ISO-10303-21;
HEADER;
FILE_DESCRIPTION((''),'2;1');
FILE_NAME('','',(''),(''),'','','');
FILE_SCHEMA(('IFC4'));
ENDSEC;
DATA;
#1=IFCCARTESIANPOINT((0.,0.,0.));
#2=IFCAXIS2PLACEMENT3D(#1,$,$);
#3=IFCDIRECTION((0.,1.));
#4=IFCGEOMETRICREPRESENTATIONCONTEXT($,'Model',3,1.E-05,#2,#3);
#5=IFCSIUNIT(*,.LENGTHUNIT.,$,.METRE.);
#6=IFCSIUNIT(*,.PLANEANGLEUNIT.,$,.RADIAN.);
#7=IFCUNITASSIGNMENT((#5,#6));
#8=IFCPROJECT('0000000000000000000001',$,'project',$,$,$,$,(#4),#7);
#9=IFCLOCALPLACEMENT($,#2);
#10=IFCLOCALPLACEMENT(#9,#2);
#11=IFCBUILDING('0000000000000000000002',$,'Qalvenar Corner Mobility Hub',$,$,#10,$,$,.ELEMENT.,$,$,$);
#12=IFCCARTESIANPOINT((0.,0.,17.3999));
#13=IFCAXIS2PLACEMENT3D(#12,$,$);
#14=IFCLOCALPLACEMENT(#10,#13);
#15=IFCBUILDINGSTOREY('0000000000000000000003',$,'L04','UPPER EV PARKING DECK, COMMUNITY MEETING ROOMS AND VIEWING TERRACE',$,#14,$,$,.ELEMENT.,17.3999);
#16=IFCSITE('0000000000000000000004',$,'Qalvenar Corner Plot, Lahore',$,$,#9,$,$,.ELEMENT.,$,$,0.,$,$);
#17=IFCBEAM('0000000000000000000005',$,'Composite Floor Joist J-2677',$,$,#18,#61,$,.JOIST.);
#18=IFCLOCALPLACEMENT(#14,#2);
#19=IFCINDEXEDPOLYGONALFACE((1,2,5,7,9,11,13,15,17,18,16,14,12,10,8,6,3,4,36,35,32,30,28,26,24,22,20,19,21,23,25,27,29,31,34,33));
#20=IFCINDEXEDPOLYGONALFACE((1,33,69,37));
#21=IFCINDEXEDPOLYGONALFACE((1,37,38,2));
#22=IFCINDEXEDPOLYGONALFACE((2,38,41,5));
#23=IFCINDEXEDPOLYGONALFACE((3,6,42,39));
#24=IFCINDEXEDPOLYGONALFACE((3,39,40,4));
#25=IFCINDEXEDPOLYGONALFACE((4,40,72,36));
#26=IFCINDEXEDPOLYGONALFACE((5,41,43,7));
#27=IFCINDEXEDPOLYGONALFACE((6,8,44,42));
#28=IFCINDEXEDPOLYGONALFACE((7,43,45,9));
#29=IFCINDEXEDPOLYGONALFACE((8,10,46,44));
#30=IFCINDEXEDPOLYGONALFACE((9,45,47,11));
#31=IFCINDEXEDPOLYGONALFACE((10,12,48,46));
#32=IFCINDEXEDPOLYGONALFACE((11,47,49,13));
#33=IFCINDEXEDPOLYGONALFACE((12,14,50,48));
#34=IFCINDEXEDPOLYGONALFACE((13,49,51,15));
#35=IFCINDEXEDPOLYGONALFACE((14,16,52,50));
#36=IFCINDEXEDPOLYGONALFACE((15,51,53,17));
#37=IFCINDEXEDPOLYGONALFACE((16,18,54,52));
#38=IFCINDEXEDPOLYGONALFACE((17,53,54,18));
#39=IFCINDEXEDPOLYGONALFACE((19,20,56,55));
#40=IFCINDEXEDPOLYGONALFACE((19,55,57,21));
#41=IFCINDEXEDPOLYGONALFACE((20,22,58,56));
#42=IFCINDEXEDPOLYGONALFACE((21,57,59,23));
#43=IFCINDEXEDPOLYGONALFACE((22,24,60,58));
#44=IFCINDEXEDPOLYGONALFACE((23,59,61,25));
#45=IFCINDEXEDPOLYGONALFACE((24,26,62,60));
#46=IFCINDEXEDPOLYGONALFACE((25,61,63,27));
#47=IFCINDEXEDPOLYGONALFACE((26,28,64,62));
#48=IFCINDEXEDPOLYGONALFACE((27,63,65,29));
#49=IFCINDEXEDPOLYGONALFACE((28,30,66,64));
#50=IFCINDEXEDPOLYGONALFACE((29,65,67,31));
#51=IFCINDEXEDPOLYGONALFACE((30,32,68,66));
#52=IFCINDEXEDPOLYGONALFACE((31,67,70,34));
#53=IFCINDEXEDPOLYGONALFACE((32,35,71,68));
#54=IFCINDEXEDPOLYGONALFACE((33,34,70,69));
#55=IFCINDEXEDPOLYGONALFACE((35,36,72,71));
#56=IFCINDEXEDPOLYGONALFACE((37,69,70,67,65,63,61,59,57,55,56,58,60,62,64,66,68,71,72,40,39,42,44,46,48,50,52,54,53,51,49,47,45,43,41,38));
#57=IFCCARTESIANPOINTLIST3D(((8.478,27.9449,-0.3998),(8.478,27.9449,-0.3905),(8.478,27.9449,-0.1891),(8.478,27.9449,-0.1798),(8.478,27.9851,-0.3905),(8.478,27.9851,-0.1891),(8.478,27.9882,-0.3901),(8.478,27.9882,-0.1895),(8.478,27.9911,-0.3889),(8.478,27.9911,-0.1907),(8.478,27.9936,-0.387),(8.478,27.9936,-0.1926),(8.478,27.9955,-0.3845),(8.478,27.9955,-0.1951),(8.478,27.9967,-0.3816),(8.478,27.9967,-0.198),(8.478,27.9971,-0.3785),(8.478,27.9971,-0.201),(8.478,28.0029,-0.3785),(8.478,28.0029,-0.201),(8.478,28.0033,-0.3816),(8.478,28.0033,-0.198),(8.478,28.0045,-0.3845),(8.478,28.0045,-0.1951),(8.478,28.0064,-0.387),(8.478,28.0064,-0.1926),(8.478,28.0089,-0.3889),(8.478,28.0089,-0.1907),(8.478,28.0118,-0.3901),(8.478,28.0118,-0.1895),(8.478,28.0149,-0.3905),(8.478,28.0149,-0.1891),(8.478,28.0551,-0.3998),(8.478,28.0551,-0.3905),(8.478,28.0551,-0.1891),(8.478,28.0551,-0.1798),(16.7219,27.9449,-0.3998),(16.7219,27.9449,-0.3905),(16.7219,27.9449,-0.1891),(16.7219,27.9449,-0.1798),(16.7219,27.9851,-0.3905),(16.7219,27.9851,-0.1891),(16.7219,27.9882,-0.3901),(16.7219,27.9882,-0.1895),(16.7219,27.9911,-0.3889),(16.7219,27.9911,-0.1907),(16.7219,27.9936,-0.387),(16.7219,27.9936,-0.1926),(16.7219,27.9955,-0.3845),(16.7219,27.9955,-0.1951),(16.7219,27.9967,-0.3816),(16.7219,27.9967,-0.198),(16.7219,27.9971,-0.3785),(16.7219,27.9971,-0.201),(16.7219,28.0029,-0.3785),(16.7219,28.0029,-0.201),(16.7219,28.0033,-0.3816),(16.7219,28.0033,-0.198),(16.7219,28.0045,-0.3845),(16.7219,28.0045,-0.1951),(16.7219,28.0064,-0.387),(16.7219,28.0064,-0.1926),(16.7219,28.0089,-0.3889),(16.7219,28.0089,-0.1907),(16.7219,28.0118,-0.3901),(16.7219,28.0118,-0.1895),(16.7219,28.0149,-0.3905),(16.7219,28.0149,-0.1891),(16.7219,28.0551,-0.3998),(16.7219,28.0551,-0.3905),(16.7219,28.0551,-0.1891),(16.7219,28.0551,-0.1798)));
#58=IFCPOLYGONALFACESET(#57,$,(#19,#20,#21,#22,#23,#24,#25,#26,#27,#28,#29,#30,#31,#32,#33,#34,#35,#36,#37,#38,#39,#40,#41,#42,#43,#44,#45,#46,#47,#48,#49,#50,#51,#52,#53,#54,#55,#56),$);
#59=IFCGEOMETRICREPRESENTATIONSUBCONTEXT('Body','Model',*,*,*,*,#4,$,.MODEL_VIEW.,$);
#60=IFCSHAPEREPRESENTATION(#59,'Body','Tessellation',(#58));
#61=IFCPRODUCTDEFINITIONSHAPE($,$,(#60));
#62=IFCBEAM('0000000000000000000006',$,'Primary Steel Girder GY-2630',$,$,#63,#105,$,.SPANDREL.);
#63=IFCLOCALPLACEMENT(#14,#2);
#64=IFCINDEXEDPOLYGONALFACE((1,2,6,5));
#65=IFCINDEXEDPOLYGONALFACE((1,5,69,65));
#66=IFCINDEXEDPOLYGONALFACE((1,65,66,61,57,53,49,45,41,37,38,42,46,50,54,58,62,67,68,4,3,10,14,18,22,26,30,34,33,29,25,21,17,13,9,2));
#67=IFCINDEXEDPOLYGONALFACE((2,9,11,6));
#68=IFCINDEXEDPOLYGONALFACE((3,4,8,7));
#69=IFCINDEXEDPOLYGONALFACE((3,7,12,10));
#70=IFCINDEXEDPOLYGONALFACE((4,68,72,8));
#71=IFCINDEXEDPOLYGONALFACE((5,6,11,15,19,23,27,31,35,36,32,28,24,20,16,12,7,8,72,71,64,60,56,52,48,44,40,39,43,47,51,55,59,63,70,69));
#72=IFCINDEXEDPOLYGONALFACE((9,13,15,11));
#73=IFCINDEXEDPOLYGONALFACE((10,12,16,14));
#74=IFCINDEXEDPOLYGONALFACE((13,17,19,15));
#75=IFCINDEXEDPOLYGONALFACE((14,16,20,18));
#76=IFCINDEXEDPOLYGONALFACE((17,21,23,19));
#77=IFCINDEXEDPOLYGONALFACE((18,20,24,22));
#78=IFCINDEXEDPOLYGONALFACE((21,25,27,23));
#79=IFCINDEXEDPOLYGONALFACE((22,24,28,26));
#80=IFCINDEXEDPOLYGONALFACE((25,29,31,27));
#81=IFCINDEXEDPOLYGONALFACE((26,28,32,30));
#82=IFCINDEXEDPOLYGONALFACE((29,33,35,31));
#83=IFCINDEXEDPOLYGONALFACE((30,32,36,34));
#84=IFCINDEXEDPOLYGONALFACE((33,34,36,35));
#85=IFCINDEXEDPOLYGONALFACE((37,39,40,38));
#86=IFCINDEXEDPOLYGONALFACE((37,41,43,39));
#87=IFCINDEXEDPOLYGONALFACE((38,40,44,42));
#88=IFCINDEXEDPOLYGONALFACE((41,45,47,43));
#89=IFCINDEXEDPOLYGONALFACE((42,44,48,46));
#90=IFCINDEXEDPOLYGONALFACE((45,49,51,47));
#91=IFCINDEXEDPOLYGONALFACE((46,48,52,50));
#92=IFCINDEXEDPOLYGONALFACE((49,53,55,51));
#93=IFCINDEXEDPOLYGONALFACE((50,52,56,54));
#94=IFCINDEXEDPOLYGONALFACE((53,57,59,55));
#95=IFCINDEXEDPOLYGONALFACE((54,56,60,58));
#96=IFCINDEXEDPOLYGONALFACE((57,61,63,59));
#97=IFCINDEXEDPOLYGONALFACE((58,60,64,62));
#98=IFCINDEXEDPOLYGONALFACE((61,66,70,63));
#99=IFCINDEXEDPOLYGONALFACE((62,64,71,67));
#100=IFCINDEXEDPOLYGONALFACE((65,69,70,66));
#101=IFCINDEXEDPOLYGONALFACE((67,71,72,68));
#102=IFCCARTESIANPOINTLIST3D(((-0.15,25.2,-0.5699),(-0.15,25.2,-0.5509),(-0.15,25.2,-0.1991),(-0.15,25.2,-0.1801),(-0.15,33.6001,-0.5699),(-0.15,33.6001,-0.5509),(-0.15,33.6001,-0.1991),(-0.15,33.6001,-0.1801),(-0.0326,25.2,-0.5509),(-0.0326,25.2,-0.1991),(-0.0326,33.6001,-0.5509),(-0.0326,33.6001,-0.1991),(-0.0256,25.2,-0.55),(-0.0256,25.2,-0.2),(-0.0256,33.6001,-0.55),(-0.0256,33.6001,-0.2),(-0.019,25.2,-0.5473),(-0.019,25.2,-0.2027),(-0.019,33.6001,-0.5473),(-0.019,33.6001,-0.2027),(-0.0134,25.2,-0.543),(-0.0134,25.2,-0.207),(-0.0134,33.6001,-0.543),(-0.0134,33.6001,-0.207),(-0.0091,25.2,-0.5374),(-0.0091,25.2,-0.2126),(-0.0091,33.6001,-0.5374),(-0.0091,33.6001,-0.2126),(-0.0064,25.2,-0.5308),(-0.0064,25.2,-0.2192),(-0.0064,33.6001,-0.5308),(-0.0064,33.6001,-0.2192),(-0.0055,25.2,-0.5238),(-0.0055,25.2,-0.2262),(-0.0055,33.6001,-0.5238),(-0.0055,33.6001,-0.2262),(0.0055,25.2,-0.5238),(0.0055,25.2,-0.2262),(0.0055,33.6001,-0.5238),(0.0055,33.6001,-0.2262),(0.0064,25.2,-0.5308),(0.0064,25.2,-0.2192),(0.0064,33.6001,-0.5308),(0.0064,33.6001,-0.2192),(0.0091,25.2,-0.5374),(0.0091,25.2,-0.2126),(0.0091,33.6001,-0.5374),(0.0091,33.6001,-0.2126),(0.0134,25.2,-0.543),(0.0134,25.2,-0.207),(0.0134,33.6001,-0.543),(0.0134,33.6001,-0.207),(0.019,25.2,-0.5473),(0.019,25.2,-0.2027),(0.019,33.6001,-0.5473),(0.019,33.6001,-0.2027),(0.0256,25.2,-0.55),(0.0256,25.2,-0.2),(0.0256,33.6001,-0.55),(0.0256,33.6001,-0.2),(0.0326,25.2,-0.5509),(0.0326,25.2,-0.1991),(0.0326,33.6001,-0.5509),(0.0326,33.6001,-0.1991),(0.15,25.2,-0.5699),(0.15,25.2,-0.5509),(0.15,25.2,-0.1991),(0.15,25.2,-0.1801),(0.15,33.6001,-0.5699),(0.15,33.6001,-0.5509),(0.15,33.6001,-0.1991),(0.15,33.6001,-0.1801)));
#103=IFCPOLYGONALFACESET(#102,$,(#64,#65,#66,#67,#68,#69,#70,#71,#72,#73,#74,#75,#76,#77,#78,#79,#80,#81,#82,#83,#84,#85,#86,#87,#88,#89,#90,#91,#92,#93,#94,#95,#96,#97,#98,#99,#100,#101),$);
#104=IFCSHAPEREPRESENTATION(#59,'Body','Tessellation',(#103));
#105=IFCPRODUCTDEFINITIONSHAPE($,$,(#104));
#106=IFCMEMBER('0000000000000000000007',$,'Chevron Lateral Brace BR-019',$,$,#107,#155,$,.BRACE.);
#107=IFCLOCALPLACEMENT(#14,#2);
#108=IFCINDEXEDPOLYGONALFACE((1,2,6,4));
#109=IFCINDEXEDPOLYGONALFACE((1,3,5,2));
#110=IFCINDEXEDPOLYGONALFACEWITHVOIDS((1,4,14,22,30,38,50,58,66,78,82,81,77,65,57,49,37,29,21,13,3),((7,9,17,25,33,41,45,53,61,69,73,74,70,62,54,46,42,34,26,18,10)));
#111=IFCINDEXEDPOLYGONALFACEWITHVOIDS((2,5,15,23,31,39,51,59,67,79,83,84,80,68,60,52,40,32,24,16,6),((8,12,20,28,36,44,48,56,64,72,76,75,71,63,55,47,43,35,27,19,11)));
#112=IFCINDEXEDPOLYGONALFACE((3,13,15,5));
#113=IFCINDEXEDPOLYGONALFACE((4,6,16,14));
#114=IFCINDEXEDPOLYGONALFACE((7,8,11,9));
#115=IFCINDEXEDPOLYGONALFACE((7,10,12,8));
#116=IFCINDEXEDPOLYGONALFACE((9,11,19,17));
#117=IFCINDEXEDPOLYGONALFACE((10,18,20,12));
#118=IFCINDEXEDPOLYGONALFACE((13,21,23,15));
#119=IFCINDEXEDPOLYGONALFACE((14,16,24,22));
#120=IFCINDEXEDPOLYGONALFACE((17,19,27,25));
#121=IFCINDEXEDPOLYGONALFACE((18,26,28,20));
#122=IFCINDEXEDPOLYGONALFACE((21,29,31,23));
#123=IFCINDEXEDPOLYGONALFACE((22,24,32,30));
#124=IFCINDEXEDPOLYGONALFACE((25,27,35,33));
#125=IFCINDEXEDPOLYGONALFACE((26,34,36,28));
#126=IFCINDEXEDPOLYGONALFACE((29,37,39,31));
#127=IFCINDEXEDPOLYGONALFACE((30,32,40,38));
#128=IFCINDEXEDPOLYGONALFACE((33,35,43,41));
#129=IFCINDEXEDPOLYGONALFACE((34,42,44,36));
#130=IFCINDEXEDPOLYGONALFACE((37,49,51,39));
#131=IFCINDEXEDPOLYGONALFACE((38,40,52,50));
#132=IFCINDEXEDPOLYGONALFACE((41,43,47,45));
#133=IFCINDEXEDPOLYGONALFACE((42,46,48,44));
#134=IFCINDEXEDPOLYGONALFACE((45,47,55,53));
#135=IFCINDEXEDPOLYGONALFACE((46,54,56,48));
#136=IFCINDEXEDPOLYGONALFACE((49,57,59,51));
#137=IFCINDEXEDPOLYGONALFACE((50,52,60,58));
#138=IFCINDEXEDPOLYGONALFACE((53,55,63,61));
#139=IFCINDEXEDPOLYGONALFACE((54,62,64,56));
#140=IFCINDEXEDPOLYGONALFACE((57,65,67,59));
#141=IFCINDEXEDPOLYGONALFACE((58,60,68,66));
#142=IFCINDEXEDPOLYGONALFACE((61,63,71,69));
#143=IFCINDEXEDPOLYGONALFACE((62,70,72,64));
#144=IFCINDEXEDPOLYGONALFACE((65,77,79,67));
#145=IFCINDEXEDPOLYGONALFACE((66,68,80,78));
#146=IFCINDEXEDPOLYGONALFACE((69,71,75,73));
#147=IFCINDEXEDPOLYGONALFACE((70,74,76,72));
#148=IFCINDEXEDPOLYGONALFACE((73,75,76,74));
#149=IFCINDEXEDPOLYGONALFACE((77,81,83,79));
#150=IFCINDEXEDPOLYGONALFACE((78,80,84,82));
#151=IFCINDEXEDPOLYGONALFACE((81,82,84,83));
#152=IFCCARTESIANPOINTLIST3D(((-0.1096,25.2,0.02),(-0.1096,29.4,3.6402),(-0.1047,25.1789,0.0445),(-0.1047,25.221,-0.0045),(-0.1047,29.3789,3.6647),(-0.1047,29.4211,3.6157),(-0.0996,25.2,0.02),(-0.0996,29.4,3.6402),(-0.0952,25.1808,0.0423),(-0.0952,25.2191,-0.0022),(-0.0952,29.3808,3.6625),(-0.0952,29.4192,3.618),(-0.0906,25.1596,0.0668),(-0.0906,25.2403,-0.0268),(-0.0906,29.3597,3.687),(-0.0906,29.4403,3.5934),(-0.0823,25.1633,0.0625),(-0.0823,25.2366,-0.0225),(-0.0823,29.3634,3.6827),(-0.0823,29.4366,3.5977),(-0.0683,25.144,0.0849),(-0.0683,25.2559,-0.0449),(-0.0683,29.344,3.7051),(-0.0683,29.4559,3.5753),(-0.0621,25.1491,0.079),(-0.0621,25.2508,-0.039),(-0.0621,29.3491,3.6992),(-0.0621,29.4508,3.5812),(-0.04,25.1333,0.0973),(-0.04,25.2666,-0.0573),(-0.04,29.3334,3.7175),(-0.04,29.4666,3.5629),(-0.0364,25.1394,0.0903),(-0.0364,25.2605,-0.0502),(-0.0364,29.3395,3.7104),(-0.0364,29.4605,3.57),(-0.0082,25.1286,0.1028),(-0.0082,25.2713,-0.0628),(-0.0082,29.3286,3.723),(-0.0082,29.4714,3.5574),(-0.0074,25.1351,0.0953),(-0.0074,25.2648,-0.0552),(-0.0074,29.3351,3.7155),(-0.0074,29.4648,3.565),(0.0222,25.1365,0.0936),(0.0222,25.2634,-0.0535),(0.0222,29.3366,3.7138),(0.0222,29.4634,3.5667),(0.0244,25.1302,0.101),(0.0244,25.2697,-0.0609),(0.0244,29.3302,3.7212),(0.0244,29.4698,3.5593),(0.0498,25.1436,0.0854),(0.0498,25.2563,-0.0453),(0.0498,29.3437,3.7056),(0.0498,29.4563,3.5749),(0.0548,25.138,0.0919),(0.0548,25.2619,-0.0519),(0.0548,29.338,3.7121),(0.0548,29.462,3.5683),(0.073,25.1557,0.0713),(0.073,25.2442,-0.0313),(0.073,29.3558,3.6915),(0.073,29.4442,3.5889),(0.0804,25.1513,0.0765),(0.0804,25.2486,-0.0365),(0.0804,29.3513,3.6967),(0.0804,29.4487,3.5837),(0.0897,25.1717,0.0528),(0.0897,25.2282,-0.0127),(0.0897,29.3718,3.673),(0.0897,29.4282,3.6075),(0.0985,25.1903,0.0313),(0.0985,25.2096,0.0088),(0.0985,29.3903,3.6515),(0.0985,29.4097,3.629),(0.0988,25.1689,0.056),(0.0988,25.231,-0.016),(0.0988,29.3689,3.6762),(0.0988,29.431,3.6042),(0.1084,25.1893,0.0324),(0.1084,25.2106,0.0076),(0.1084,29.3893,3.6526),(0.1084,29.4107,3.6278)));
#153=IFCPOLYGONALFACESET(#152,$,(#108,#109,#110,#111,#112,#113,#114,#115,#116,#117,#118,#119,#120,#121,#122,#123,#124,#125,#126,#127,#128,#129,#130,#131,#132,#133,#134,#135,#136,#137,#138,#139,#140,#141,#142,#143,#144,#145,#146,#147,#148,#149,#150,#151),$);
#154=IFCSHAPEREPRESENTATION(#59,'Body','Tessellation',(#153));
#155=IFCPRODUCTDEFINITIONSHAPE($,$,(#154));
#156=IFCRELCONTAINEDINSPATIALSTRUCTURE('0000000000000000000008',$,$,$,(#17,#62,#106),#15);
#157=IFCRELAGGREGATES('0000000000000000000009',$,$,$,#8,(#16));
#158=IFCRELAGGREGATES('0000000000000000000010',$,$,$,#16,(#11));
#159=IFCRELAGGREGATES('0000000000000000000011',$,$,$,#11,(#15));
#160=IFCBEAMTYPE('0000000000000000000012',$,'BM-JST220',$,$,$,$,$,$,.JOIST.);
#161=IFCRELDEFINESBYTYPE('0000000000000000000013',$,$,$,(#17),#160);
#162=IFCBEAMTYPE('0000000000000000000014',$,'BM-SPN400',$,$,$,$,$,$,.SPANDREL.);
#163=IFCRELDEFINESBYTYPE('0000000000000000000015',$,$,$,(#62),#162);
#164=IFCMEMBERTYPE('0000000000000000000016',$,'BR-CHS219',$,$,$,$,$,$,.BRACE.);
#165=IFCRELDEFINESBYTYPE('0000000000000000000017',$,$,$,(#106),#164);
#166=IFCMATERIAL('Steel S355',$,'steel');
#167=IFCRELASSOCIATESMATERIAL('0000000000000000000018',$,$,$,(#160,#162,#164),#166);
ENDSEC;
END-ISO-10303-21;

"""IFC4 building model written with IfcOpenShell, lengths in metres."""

from ifc_helpers import new_model, si_unit, direction, frame, origin, origin_2d, place, context, subcontext, project, spatial, hollow_circle, i_section, extrude, material, material_profile, profile_set, type_object, element, save


model = new_model("IFC4")

# Units and contexts
model_context = context("Model", 3, precision=1e-05, world=origin(), true_north=direction((0.0, 1.0)))
body_context = subcontext(model_context, "Body", "Model", "MODEL_VIEW")
ifc_project = project(units=[si_unit("LENGTHUNIT", "METRE"), si_unit("PLANEANGLEUNIT", "RADIAN")], contexts=[model_context])

# Site, building, storey
site_placement = place(None, origin())
site = spatial("IfcSite", under=ifc_project, at=site_placement, Name="Qalvenar Corner Plot, Lahore", CompositionType="ELEMENT", RefElevation=0.0)
building_placement = place(site_placement, origin())
building = spatial("IfcBuilding", under=site, at=building_placement, Name="Qalvenar Corner Mobility Hub", CompositionType="ELEMENT")
storey_placement = place(building_placement, frame((0.0, 0.0, 17.3999)))
storey = spatial("IfcBuildingStorey", under=building, at=storey_placement, Name="L04", Description="UPPER EV PARKING DECK, COMMUNITY MEETING ROOMS AND VIEWING TERRACE", CompositionType="ELEMENT", Elevation=17.3999)

# Shared definitions
ifc_material_1 = material(Name="Steel S355", Category="steel")

# Beams
ifc_material_profile_1 = material_profile(ifc_material_1, i_section(OverallWidth=0.1101, OverallDepth=0.22, WebThickness=0.0059, FlangeThickness=0.0093, FilletRadius=0.012, at=origin_2d()), Name="IPE220")
ifc_profile_set_1 = profile_set([ifc_material_profile_1], Name="Steel S355")
beam_type_1 = type_object("IfcBeamType", Name="BM-JST220", PredefinedType="JOIST", material=ifc_profile_set_1)
for number, where, z_axis, x_axis, name in (
    (1, (8.478, 28.0, -0.2898), (1.0, 0.0, 0.0), (0.0, 1.0, 0.0), "Composite Floor Joist J-2677"),
):
    element("IfcBeam", number, at=place(storey_placement, frame(where, z_axis=z_axis, x_axis=x_axis)), inside=storey, type_object=beam_type_1, Name=name, PredefinedType="JOIST", context=body_context, shape_type="SweptSolid", body=[
        extrude(i_section(OverallWidth=0.1101, OverallDepth=0.22, WebThickness=0.0059, FlangeThickness=0.0093, FilletRadius=0.012, at=origin_2d()), origin(), (0.0, 0.0, 1.0), 8.2439),
    ])
ifc_material_profile_2 = material_profile(ifc_material_1, i_section(OverallWidth=0.3, OverallDepth=0.3899, WebThickness=0.011, FlangeThickness=0.019, FilletRadius=0.0271, at=origin_2d()), Name="HEA400")
ifc_profile_set_2 = profile_set([ifc_material_profile_2], Name="Steel S355")
beam_type_2 = type_object("IfcBeamType", Name="BM-SPN400", PredefinedType="SPANDREL", material=ifc_profile_set_2)
beam_1_placement = place(storey_placement, frame((0.0, 25.2, -0.375), z_axis=(0.0, 1.0, 0.0), x_axis=(-1.0, 0.0, 0.0)))
element("IfcBeam", 2, at=beam_1_placement, inside=storey, type_object=beam_type_2, Name="Primary Steel Girder GY-2630", PredefinedType="SPANDREL", context=body_context, shape_type="SweptSolid", body=[
    extrude(i_section(OverallWidth=0.3, OverallDepth=0.3899, WebThickness=0.011, FlangeThickness=0.019, FilletRadius=0.0271, at=origin_2d()), origin(), (0.0, 0.0, 1.0), 8.4001),
])

# Member
ifc_material_profile_3 = material_profile(ifc_material_1, hollow_circle(Radius=0.1096, WallThickness=0.01, at=origin_2d()), Name="CHS219.1x10")
ifc_profile_set_3 = profile_set([ifc_material_profile_3], Name="Steel S355")
member_type_1 = type_object("IfcMemberType", Name="BR-CHS219", PredefinedType="BRACE", material=ifc_profile_set_3)
member_1_placement = place(storey_placement, frame((0.0, 25.2, 0.02), z_axis=(0.0, 0.757457, 0.652885), x_axis=(-1.0, 0.0, 0.0)))
element("IfcMember", 3, at=member_1_placement, inside=storey, type_object=member_type_1, Name="Chevron Lateral Brace BR-019", PredefinedType="BRACE", context=body_context, shape_type="SweptSolid", body=[
    extrude(hollow_circle(Radius=0.1096, WallThickness=0.01, at=origin_2d()), origin(), (0.0, 0.0, 1.0), 5.5449),
])

save(model, "model.ifc")
